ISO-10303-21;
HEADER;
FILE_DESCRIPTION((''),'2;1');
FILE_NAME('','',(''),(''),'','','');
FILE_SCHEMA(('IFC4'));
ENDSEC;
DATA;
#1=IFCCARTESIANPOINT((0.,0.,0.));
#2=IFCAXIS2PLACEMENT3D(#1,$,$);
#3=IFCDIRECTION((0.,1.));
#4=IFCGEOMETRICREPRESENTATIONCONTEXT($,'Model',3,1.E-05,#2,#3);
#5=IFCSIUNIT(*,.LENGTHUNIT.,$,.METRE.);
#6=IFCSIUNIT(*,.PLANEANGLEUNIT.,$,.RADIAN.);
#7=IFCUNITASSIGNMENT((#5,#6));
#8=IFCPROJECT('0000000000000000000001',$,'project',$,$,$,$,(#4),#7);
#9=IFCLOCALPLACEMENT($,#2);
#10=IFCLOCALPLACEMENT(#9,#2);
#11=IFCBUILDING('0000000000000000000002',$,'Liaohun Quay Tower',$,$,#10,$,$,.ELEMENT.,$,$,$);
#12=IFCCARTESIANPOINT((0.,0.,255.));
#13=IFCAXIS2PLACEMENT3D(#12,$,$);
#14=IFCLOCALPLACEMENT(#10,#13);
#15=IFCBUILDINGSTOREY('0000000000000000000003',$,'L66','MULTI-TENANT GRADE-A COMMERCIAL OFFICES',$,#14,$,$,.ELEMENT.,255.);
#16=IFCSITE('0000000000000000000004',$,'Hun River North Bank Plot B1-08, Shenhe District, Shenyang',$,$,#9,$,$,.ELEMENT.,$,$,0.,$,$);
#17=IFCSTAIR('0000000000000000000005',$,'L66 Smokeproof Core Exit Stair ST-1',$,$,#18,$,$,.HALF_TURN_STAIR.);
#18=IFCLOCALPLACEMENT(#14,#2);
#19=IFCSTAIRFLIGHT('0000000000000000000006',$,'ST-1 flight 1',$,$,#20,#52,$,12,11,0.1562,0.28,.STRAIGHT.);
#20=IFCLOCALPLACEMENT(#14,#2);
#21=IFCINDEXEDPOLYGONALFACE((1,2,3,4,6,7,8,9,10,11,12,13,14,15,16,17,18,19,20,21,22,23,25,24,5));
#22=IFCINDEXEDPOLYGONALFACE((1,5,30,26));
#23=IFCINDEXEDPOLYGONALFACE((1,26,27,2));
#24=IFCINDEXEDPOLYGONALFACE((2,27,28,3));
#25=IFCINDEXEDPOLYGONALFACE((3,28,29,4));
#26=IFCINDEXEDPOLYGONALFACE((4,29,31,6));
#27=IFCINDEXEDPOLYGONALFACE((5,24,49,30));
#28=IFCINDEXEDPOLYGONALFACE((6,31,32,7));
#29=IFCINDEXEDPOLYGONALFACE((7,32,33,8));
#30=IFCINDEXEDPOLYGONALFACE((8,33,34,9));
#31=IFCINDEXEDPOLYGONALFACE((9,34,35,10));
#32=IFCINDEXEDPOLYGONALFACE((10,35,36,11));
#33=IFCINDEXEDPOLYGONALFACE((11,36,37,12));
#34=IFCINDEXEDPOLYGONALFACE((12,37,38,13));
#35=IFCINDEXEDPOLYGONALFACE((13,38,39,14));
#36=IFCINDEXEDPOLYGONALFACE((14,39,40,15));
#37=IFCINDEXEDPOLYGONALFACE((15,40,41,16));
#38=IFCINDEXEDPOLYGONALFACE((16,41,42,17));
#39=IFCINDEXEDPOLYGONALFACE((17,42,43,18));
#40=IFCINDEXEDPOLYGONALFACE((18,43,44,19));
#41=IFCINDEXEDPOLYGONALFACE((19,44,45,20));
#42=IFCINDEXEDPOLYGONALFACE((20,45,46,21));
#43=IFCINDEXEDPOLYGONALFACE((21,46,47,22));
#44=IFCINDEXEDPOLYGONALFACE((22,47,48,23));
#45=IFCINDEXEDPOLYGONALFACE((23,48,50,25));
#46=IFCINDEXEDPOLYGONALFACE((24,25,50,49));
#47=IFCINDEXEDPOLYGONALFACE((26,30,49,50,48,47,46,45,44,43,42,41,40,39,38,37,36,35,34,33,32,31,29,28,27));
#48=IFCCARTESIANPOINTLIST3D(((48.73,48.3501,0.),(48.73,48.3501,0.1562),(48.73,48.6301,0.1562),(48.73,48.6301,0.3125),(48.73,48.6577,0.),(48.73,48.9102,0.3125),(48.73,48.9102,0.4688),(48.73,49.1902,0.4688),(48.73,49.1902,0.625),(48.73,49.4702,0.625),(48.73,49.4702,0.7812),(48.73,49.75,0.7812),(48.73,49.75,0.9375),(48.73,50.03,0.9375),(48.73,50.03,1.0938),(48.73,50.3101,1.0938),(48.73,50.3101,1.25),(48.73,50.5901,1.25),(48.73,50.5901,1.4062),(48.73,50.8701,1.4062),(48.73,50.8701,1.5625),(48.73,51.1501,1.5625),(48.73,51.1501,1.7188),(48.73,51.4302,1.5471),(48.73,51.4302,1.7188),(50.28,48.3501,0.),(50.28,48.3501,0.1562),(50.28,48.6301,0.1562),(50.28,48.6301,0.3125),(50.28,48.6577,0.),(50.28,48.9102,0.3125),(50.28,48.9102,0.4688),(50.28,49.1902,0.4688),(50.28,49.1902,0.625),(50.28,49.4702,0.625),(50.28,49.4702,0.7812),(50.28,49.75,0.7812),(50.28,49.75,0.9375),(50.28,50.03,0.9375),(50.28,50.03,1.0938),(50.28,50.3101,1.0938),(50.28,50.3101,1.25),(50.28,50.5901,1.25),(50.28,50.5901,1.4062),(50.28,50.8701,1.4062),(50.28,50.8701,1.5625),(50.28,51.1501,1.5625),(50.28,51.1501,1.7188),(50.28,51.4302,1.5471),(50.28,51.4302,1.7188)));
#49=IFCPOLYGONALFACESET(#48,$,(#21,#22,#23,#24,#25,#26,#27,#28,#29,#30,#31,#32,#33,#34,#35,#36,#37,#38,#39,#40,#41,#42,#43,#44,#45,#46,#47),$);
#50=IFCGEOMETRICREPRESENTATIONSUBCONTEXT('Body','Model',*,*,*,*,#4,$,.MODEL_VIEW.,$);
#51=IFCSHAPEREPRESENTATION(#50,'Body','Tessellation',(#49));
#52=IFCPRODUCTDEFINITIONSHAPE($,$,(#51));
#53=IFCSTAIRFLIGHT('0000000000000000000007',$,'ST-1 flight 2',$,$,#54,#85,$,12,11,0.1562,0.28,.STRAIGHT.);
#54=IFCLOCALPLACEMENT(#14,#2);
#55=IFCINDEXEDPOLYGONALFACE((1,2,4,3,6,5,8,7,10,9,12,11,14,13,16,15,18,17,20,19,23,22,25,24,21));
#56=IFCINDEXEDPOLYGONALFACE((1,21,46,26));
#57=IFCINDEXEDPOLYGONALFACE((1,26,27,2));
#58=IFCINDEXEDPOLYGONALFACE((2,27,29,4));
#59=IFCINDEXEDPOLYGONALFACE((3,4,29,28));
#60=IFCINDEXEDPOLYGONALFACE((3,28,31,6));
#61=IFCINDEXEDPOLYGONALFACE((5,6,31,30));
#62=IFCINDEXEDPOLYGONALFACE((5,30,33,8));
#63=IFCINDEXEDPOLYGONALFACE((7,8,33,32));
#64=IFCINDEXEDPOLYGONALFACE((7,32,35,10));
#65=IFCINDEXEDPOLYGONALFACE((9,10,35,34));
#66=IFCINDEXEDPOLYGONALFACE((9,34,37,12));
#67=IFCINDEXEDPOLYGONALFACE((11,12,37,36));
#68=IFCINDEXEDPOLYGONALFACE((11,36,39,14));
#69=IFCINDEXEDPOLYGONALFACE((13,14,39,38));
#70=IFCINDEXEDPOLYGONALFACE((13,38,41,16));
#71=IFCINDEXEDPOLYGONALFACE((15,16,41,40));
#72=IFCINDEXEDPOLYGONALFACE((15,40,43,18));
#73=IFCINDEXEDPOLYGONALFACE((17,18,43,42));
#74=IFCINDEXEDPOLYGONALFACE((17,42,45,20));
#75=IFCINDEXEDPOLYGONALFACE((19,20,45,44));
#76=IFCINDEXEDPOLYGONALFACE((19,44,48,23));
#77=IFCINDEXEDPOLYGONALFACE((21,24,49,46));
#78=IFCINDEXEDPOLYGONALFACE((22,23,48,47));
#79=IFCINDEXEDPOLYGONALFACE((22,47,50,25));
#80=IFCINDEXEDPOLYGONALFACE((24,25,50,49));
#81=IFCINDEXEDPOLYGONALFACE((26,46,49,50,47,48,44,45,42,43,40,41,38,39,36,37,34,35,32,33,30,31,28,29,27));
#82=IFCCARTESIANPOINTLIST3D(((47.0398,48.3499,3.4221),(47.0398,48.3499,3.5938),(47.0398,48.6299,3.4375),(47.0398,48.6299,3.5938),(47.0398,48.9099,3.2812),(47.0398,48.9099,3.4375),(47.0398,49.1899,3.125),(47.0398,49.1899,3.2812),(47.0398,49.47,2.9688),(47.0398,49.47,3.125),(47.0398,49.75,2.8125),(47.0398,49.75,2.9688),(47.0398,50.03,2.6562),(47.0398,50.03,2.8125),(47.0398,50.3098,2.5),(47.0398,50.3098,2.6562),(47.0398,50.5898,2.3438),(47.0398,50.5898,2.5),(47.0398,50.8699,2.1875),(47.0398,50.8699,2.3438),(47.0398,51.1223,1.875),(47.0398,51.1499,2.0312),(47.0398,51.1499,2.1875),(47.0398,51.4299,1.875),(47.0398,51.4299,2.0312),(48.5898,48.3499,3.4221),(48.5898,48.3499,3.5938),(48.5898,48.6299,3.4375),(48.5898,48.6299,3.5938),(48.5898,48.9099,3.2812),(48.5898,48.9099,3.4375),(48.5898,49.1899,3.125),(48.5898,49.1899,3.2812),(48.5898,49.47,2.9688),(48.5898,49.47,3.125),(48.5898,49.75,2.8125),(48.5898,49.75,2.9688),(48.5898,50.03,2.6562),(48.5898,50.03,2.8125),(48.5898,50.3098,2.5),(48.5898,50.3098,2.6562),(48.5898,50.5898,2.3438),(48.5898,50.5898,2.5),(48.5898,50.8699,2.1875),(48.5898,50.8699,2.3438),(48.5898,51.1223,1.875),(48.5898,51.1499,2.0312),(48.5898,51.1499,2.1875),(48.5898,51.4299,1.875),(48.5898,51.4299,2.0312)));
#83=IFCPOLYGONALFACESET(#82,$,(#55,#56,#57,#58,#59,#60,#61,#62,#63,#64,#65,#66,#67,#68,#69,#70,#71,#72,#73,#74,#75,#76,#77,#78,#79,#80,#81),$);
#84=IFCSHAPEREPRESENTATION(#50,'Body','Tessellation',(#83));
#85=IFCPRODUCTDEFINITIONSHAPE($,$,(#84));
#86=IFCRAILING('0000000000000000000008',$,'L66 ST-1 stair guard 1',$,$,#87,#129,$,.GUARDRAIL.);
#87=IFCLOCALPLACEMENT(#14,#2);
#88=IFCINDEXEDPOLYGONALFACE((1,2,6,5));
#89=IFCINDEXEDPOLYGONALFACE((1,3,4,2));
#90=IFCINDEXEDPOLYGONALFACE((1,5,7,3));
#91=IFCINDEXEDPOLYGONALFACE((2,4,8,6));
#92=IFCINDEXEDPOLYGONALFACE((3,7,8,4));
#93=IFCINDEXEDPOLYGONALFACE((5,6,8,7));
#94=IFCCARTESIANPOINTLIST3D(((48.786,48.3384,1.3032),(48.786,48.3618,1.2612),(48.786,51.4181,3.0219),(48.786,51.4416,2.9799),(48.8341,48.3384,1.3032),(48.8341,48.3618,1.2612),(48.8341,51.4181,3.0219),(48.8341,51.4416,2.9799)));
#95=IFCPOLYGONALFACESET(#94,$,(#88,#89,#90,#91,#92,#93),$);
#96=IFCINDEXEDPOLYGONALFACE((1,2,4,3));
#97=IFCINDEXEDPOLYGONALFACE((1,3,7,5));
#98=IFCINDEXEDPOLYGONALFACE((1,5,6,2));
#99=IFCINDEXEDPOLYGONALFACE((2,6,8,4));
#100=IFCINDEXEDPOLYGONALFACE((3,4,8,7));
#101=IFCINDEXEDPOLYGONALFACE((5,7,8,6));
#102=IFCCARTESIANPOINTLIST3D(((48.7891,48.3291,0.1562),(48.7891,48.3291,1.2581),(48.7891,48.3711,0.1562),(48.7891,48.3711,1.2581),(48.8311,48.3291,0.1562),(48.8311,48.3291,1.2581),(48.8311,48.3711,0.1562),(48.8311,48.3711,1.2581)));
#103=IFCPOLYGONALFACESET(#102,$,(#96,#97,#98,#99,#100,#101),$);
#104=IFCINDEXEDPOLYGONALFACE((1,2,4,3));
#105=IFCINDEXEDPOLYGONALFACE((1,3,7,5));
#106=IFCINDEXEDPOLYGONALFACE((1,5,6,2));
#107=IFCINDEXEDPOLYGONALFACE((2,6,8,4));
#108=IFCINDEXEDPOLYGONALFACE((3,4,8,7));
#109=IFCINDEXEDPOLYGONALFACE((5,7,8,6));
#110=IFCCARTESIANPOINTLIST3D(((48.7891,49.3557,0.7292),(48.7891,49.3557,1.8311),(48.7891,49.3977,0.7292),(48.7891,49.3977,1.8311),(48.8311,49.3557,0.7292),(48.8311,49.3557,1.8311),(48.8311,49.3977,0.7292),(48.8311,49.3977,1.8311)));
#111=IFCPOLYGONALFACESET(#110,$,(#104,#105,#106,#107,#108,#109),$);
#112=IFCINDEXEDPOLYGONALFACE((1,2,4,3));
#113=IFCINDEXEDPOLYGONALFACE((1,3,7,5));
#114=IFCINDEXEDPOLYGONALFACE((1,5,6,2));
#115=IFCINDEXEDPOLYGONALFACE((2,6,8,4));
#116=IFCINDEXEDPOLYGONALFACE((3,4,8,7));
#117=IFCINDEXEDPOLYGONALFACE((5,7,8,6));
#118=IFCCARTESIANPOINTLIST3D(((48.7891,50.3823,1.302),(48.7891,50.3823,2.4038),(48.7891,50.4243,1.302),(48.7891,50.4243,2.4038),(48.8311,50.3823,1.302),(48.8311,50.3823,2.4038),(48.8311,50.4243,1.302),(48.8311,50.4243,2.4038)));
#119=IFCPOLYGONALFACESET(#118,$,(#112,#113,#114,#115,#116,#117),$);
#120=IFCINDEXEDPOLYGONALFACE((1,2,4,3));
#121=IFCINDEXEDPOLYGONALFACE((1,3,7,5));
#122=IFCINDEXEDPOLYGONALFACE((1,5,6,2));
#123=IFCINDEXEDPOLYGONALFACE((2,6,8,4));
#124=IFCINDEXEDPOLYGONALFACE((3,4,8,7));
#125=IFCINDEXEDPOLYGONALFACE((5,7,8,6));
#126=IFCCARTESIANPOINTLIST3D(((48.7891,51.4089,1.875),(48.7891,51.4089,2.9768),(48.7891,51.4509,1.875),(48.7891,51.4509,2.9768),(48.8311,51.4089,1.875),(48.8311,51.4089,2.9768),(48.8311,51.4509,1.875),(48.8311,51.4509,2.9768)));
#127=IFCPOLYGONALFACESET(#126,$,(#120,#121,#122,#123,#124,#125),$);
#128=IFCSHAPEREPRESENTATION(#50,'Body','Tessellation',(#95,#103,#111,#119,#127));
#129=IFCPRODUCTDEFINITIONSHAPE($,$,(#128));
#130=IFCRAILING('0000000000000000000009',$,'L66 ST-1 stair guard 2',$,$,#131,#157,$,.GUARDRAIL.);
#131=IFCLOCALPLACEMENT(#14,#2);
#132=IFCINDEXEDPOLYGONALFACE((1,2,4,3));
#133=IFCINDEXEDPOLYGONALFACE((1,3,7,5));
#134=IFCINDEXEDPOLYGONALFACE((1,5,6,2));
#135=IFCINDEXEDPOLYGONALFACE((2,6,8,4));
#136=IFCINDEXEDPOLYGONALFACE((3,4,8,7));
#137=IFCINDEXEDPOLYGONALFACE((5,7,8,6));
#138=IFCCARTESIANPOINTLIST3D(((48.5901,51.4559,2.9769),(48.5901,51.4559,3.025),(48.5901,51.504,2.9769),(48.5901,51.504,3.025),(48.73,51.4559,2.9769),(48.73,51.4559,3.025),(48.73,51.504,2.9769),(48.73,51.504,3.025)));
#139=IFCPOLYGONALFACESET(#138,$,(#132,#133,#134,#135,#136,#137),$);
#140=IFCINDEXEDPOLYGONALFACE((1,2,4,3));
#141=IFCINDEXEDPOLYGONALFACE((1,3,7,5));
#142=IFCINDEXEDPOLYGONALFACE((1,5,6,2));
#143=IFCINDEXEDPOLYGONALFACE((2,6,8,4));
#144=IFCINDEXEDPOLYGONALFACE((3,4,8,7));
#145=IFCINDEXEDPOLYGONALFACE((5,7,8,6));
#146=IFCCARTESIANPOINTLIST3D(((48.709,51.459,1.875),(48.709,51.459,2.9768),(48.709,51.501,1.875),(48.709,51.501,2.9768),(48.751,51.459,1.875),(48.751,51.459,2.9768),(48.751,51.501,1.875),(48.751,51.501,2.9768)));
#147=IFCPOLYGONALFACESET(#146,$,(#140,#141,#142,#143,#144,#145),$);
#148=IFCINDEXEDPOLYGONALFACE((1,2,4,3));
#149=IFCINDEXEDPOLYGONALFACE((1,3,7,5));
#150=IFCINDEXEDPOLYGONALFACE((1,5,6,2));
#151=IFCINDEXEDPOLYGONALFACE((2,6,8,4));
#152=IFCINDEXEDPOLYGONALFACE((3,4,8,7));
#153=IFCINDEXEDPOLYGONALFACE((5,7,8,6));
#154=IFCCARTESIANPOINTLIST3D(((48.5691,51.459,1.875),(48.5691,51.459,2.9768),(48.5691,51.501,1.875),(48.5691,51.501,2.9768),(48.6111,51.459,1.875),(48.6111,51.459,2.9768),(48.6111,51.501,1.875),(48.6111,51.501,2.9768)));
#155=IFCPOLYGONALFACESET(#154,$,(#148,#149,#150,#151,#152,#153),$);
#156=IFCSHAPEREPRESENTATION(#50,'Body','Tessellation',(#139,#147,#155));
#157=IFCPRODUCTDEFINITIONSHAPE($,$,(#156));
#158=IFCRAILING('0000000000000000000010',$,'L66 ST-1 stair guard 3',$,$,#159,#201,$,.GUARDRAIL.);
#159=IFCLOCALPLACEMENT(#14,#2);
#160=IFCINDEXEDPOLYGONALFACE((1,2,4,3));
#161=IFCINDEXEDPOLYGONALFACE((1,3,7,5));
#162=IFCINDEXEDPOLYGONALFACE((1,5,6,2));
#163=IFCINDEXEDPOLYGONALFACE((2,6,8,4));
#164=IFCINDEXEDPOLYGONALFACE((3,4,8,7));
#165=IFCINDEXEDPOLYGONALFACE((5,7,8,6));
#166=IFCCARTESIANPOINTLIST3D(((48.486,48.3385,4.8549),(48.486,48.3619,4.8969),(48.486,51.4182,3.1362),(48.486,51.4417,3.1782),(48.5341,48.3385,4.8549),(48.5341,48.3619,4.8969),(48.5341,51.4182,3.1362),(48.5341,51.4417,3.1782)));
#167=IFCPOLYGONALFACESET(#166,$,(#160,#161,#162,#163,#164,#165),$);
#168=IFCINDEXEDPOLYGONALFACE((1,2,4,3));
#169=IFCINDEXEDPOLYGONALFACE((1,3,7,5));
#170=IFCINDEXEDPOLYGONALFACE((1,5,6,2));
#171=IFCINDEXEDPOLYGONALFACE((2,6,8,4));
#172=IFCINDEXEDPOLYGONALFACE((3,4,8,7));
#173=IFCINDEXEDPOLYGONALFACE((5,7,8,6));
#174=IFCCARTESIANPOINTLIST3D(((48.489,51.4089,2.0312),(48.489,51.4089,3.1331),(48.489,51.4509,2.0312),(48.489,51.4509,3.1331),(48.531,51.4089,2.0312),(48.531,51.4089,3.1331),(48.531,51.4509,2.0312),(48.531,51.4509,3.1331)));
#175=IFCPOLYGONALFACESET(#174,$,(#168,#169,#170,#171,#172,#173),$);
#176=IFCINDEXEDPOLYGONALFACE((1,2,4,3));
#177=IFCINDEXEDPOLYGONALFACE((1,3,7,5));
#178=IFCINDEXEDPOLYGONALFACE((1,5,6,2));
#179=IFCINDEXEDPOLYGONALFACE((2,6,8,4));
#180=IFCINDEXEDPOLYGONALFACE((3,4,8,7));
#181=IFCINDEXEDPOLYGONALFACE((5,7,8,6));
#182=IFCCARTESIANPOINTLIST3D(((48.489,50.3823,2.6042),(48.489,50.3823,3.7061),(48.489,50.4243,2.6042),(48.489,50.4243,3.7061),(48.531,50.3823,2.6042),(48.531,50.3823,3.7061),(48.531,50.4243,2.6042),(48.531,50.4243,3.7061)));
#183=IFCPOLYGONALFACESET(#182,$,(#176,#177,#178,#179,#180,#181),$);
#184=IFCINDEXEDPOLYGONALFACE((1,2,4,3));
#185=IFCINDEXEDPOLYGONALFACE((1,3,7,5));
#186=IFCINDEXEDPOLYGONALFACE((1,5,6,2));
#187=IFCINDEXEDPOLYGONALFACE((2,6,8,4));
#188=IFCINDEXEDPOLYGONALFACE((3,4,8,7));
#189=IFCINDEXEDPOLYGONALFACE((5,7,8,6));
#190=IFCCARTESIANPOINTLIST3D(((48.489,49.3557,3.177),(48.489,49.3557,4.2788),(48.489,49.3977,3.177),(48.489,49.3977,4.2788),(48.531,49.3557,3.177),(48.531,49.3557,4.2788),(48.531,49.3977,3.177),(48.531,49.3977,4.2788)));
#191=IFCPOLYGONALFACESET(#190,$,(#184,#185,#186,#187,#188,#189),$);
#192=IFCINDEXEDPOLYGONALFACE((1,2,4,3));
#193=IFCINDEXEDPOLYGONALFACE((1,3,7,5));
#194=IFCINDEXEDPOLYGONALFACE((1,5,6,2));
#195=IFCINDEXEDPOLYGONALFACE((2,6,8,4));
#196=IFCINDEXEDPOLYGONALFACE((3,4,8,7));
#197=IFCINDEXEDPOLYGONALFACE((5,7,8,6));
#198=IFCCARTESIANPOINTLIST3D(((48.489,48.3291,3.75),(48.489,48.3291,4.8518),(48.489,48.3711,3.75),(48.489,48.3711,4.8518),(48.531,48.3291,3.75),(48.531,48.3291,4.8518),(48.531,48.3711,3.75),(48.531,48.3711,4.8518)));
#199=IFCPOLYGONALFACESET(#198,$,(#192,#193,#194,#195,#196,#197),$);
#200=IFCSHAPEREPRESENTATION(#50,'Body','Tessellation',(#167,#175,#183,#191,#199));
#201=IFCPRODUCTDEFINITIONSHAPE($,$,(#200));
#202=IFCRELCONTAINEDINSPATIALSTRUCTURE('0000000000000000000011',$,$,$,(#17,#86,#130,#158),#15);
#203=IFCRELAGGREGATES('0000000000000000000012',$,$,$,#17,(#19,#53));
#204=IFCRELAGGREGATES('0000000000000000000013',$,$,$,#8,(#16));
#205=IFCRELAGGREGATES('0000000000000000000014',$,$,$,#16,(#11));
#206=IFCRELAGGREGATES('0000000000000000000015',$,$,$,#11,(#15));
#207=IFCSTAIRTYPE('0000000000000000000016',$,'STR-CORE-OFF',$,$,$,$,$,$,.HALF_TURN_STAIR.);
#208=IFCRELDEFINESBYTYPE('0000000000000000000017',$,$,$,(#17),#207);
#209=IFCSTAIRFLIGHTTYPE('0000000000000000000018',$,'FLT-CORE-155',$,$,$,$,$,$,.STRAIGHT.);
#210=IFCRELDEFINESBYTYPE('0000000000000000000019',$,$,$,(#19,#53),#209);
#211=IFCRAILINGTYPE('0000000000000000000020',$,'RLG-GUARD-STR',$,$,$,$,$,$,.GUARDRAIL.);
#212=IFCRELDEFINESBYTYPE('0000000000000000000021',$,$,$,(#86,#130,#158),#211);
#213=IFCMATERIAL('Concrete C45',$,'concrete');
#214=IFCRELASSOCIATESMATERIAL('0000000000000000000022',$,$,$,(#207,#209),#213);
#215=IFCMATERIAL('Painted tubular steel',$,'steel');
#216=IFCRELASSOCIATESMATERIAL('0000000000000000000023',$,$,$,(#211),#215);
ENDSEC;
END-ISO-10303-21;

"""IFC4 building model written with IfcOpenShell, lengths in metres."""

from ifc_helpers import new_model, si_unit, direction, frame, origin, origin_2d, place, context, subcontext, project, spatial, polyline, rectangle, outline, extrude, material, type_object, element, aggregate, save


model = new_model("IFC4")

# Units and contexts
model_context = context("Model", 3, precision=1e-05, world=origin(), true_north=direction((0.0, 1.0)))
body_context = subcontext(model_context, "Body", "Model", "MODEL_VIEW")
ifc_project = project(units=[si_unit("LENGTHUNIT", "METRE"), si_unit("PLANEANGLEUNIT", "RADIAN")], contexts=[model_context])

# Site, building, storey
site_placement = place(None, origin())
site = spatial("IfcSite", under=ifc_project, at=site_placement, Name="Hun River North Bank Plot B1-08, Shenhe District, Shenyang", CompositionType="ELEMENT", RefElevation=0.0)
building_placement = place(site_placement, origin())
building = spatial("IfcBuilding", under=site, at=building_placement, Name="Liaohun Quay Tower", CompositionType="ELEMENT")
storey_placement = place(building_placement, frame((0.0, 0.0, 255.0)))
storey = spatial("IfcBuildingStorey", under=building, at=storey_placement, Name="L66", Description="MULTI-TENANT GRADE-A COMMERCIAL OFFICES", CompositionType="ELEMENT", Elevation=255.0)

# Stair, stair flights
ifc_material_1 = material(Name="Concrete C45", Category="concrete")
stair_type = type_object("IfcStairType", Name="STR-CORE-OFF", PredefinedType="HALF_TURN_STAIR", material=ifc_material_1)
stair_placement = place(storey_placement, origin())
stair = element("IfcStair", 1, at=stair_placement, inside=storey, type_object=stair_type, Name="L66 Smokeproof Core Exit Stair ST-1", PredefinedType="HALF_TURN_STAIR")
stair_flight_type = type_object("IfcStairFlightType", Name="FLT-CORE-155", PredefinedType="STRAIGHT", material=ifc_material_1)
stair_flight_1_placement = place(storey_placement, frame((49.5049, 48.3501, 0.0), z_axis=(0.0, 0.0, 1.0), x_axis=(0.0, 1.0, 0.0)))
stair_flight_1 = element("IfcStairFlight", 2, at=stair_flight_1_placement, type_object=stair_flight_type, Name="ST-1 flight 1", NumberOfRisers=12, NumberOfTreads=11, PredefinedType="STRAIGHT", RiserHeight=0.1562, TreadLength=0.28, context=body_context, shape_type="SweptSolid", body=[
    extrude(outline(polyline([(0.0, 0.0), (0.0, 0.1562), (0.28, 0.1562), (0.28, 0.3125), (0.5601, 0.3125), (0.5601, 0.4688), (0.8401, 0.4688), (0.8401, 0.625), (1.1201, 0.625), (1.1201, 0.7812), (1.3999, 0.7812), (1.3999, 0.9375), (1.6799, 0.9375), (1.6799, 1.0938), (1.96, 1.0938), (1.96, 1.25), (2.24, 1.25), (2.24, 1.4062), (2.52, 1.4062), (2.52, 1.5625), (2.8, 1.5625), (2.8, 1.7188), (3.0801, 1.7188), (3.0801, 1.875), (3.0801, 1.5471), (0.3076, 0.0), (0.0, 0.0)])), frame((0.0, 0.7749, 0.0), z_axis=(0.0, -1.0, 0.0), x_axis=(1.0, 0.0, 0.0)), (0.0, 0.0, 1.0), 1.55),
])
stair_flight_2_placement = place(storey_placement, frame((47.8149, 51.4299, 1.875), z_axis=(0.0, 0.0, 1.0), x_axis=(0.0, -1.0, 0.0)))
stair_flight_2 = element("IfcStairFlight", 3, at=stair_flight_2_placement, type_object=stair_flight_type, Name="ST-1 flight 2", NumberOfRisers=12, NumberOfTreads=11, PredefinedType="STRAIGHT", RiserHeight=0.1562, TreadLength=0.28, context=body_context, shape_type="SweptSolid", body=[
    extrude(outline(polyline([(0.0, 0.0), (0.0, 0.1562), (0.28, 0.1562), (0.28, 0.3125), (0.5601, 0.3125), (0.5601, 0.4688), (0.8401, 0.4688), (0.8401, 0.625), (1.1201, 0.625), (1.1201, 0.7812), (1.3999, 0.7812), (1.3999, 0.9375), (1.6799, 0.9375), (1.6799, 1.0938), (1.96, 1.0938), (1.96, 1.25), (2.24, 1.25), (2.24, 1.4062), (2.52, 1.4062), (2.52, 1.5625), (2.8, 1.5625), (2.8, 1.7188), (3.0801, 1.7188), (3.0801, 1.875), (3.0801, 1.5471), (0.3076, 0.0), (0.0, 0.0)])), frame((0.0, 0.7749, 0.0), z_axis=(0.0, -1.0, 0.0), x_axis=(1.0, 0.0, 0.0)), (0.0, 0.0, 1.0), 1.55),
])
aggregate(stair, [stair_flight_1, stair_flight_2])

# Railings
ifc_material_2 = material(Name="Painted tubular steel", Category="steel")
railing_type_1 = type_object("IfcRailingType", Name="RLG-GUARD-STR", PredefinedType="GUARDRAIL", material=ifc_material_2)
railing_1_placement = place(storey_placement, frame((48.8101, 48.3501, 0.1562)))
element("IfcRailing", 4, at=railing_1_placement, inside=storey, type_object=railing_type_1, Name="L66 ST-1 stair guard 1", PredefinedType="GUARDRAIL", context=body_context, shape_type="SweptSolid", body=[
    extrude(rectangle(XDim=0.0481, YDim=0.0481, at=origin_2d()), frame((0.0, 0.0, 1.126), z_axis=(0.0, 0.873225, 0.487317), x_axis=(-1.0, 0.0, 0.0)), (0.0, 0.0, 1.0), 3.5269),
    extrude(rectangle(XDim=0.042, YDim=0.042, at=origin_2d()), origin(), (0.0, 0.0, 1.0), 1.1018),
    extrude(rectangle(XDim=0.042, YDim=0.042, at=origin_2d()), frame((0.0, 1.0266, 0.573)), (0.0, 0.0, 1.0), 1.1018),
    extrude(rectangle(XDim=0.042, YDim=0.042, at=origin_2d()), frame((0.0, 2.0532, 1.1458)), (0.0, 0.0, 1.0), 1.1018),
    extrude(rectangle(XDim=0.042, YDim=0.042, at=origin_2d()), frame((0.0, 3.0798, 1.7188)), (0.0, 0.0, 1.0), 1.1018),
])
railing_2_placement = place(storey_placement, frame((48.73, 51.48, 1.875)))
element("IfcRailing", 5, at=railing_2_placement, inside=storey, type_object=railing_type_1, Name="L66 ST-1 stair guard 2", PredefinedType="GUARDRAIL", context=body_context, shape_type="SweptSolid", body=[
    extrude(rectangle(XDim=0.0481, YDim=0.0481, at=origin_2d()), frame((0.0, 0.0, 1.126), z_axis=(-1.0, 0.0, 0.0), x_axis=(0.0, -1.0, 0.0)), (0.0, 0.0, 1.0), 0.1399),
    extrude(rectangle(XDim=0.042, YDim=0.042, at=origin_2d()), origin(), (0.0, 0.0, 1.0), 1.1018),
    extrude(rectangle(XDim=0.042, YDim=0.042, at=origin_2d()), frame((-0.1399, 0.0, 0.0)), (0.0, 0.0, 1.0), 1.1018),
])
railing_3_placement = place(storey_placement, frame((48.51, 51.4299, 2.0312)))
element("IfcRailing", 6, at=railing_3_placement, inside=storey, type_object=railing_type_1, Name="L66 ST-1 stair guard 3", PredefinedType="GUARDRAIL", context=body_context, shape_type="SweptSolid", body=[
    extrude(rectangle(XDim=0.0481, YDim=0.0481, at=origin_2d()), frame((0.0, 0.0, 1.126), z_axis=(0.0, -0.873225, 0.487317), x_axis=(1.0, 0.0, 0.0)), (0.0, 0.0, 1.0), 3.5269),
    extrude(rectangle(XDim=0.042, YDim=0.042, at=origin_2d()), origin(), (0.0, 0.0, 1.0), 1.1018),
    extrude(rectangle(XDim=0.042, YDim=0.042, at=origin_2d()), frame((0.0, -1.0266, 0.573)), (0.0, 0.0, 1.0), 1.1018),
    extrude(rectangle(XDim=0.042, YDim=0.042, at=origin_2d()), frame((0.0, -2.0532, 1.1458)), (0.0, 0.0, 1.0), 1.1018),
    extrude(rectangle(XDim=0.042, YDim=0.042, at=origin_2d()), frame((0.0, -3.0798, 1.7188)), (0.0, 0.0, 1.0), 1.1018),
])

save(model, "model.ifc")
